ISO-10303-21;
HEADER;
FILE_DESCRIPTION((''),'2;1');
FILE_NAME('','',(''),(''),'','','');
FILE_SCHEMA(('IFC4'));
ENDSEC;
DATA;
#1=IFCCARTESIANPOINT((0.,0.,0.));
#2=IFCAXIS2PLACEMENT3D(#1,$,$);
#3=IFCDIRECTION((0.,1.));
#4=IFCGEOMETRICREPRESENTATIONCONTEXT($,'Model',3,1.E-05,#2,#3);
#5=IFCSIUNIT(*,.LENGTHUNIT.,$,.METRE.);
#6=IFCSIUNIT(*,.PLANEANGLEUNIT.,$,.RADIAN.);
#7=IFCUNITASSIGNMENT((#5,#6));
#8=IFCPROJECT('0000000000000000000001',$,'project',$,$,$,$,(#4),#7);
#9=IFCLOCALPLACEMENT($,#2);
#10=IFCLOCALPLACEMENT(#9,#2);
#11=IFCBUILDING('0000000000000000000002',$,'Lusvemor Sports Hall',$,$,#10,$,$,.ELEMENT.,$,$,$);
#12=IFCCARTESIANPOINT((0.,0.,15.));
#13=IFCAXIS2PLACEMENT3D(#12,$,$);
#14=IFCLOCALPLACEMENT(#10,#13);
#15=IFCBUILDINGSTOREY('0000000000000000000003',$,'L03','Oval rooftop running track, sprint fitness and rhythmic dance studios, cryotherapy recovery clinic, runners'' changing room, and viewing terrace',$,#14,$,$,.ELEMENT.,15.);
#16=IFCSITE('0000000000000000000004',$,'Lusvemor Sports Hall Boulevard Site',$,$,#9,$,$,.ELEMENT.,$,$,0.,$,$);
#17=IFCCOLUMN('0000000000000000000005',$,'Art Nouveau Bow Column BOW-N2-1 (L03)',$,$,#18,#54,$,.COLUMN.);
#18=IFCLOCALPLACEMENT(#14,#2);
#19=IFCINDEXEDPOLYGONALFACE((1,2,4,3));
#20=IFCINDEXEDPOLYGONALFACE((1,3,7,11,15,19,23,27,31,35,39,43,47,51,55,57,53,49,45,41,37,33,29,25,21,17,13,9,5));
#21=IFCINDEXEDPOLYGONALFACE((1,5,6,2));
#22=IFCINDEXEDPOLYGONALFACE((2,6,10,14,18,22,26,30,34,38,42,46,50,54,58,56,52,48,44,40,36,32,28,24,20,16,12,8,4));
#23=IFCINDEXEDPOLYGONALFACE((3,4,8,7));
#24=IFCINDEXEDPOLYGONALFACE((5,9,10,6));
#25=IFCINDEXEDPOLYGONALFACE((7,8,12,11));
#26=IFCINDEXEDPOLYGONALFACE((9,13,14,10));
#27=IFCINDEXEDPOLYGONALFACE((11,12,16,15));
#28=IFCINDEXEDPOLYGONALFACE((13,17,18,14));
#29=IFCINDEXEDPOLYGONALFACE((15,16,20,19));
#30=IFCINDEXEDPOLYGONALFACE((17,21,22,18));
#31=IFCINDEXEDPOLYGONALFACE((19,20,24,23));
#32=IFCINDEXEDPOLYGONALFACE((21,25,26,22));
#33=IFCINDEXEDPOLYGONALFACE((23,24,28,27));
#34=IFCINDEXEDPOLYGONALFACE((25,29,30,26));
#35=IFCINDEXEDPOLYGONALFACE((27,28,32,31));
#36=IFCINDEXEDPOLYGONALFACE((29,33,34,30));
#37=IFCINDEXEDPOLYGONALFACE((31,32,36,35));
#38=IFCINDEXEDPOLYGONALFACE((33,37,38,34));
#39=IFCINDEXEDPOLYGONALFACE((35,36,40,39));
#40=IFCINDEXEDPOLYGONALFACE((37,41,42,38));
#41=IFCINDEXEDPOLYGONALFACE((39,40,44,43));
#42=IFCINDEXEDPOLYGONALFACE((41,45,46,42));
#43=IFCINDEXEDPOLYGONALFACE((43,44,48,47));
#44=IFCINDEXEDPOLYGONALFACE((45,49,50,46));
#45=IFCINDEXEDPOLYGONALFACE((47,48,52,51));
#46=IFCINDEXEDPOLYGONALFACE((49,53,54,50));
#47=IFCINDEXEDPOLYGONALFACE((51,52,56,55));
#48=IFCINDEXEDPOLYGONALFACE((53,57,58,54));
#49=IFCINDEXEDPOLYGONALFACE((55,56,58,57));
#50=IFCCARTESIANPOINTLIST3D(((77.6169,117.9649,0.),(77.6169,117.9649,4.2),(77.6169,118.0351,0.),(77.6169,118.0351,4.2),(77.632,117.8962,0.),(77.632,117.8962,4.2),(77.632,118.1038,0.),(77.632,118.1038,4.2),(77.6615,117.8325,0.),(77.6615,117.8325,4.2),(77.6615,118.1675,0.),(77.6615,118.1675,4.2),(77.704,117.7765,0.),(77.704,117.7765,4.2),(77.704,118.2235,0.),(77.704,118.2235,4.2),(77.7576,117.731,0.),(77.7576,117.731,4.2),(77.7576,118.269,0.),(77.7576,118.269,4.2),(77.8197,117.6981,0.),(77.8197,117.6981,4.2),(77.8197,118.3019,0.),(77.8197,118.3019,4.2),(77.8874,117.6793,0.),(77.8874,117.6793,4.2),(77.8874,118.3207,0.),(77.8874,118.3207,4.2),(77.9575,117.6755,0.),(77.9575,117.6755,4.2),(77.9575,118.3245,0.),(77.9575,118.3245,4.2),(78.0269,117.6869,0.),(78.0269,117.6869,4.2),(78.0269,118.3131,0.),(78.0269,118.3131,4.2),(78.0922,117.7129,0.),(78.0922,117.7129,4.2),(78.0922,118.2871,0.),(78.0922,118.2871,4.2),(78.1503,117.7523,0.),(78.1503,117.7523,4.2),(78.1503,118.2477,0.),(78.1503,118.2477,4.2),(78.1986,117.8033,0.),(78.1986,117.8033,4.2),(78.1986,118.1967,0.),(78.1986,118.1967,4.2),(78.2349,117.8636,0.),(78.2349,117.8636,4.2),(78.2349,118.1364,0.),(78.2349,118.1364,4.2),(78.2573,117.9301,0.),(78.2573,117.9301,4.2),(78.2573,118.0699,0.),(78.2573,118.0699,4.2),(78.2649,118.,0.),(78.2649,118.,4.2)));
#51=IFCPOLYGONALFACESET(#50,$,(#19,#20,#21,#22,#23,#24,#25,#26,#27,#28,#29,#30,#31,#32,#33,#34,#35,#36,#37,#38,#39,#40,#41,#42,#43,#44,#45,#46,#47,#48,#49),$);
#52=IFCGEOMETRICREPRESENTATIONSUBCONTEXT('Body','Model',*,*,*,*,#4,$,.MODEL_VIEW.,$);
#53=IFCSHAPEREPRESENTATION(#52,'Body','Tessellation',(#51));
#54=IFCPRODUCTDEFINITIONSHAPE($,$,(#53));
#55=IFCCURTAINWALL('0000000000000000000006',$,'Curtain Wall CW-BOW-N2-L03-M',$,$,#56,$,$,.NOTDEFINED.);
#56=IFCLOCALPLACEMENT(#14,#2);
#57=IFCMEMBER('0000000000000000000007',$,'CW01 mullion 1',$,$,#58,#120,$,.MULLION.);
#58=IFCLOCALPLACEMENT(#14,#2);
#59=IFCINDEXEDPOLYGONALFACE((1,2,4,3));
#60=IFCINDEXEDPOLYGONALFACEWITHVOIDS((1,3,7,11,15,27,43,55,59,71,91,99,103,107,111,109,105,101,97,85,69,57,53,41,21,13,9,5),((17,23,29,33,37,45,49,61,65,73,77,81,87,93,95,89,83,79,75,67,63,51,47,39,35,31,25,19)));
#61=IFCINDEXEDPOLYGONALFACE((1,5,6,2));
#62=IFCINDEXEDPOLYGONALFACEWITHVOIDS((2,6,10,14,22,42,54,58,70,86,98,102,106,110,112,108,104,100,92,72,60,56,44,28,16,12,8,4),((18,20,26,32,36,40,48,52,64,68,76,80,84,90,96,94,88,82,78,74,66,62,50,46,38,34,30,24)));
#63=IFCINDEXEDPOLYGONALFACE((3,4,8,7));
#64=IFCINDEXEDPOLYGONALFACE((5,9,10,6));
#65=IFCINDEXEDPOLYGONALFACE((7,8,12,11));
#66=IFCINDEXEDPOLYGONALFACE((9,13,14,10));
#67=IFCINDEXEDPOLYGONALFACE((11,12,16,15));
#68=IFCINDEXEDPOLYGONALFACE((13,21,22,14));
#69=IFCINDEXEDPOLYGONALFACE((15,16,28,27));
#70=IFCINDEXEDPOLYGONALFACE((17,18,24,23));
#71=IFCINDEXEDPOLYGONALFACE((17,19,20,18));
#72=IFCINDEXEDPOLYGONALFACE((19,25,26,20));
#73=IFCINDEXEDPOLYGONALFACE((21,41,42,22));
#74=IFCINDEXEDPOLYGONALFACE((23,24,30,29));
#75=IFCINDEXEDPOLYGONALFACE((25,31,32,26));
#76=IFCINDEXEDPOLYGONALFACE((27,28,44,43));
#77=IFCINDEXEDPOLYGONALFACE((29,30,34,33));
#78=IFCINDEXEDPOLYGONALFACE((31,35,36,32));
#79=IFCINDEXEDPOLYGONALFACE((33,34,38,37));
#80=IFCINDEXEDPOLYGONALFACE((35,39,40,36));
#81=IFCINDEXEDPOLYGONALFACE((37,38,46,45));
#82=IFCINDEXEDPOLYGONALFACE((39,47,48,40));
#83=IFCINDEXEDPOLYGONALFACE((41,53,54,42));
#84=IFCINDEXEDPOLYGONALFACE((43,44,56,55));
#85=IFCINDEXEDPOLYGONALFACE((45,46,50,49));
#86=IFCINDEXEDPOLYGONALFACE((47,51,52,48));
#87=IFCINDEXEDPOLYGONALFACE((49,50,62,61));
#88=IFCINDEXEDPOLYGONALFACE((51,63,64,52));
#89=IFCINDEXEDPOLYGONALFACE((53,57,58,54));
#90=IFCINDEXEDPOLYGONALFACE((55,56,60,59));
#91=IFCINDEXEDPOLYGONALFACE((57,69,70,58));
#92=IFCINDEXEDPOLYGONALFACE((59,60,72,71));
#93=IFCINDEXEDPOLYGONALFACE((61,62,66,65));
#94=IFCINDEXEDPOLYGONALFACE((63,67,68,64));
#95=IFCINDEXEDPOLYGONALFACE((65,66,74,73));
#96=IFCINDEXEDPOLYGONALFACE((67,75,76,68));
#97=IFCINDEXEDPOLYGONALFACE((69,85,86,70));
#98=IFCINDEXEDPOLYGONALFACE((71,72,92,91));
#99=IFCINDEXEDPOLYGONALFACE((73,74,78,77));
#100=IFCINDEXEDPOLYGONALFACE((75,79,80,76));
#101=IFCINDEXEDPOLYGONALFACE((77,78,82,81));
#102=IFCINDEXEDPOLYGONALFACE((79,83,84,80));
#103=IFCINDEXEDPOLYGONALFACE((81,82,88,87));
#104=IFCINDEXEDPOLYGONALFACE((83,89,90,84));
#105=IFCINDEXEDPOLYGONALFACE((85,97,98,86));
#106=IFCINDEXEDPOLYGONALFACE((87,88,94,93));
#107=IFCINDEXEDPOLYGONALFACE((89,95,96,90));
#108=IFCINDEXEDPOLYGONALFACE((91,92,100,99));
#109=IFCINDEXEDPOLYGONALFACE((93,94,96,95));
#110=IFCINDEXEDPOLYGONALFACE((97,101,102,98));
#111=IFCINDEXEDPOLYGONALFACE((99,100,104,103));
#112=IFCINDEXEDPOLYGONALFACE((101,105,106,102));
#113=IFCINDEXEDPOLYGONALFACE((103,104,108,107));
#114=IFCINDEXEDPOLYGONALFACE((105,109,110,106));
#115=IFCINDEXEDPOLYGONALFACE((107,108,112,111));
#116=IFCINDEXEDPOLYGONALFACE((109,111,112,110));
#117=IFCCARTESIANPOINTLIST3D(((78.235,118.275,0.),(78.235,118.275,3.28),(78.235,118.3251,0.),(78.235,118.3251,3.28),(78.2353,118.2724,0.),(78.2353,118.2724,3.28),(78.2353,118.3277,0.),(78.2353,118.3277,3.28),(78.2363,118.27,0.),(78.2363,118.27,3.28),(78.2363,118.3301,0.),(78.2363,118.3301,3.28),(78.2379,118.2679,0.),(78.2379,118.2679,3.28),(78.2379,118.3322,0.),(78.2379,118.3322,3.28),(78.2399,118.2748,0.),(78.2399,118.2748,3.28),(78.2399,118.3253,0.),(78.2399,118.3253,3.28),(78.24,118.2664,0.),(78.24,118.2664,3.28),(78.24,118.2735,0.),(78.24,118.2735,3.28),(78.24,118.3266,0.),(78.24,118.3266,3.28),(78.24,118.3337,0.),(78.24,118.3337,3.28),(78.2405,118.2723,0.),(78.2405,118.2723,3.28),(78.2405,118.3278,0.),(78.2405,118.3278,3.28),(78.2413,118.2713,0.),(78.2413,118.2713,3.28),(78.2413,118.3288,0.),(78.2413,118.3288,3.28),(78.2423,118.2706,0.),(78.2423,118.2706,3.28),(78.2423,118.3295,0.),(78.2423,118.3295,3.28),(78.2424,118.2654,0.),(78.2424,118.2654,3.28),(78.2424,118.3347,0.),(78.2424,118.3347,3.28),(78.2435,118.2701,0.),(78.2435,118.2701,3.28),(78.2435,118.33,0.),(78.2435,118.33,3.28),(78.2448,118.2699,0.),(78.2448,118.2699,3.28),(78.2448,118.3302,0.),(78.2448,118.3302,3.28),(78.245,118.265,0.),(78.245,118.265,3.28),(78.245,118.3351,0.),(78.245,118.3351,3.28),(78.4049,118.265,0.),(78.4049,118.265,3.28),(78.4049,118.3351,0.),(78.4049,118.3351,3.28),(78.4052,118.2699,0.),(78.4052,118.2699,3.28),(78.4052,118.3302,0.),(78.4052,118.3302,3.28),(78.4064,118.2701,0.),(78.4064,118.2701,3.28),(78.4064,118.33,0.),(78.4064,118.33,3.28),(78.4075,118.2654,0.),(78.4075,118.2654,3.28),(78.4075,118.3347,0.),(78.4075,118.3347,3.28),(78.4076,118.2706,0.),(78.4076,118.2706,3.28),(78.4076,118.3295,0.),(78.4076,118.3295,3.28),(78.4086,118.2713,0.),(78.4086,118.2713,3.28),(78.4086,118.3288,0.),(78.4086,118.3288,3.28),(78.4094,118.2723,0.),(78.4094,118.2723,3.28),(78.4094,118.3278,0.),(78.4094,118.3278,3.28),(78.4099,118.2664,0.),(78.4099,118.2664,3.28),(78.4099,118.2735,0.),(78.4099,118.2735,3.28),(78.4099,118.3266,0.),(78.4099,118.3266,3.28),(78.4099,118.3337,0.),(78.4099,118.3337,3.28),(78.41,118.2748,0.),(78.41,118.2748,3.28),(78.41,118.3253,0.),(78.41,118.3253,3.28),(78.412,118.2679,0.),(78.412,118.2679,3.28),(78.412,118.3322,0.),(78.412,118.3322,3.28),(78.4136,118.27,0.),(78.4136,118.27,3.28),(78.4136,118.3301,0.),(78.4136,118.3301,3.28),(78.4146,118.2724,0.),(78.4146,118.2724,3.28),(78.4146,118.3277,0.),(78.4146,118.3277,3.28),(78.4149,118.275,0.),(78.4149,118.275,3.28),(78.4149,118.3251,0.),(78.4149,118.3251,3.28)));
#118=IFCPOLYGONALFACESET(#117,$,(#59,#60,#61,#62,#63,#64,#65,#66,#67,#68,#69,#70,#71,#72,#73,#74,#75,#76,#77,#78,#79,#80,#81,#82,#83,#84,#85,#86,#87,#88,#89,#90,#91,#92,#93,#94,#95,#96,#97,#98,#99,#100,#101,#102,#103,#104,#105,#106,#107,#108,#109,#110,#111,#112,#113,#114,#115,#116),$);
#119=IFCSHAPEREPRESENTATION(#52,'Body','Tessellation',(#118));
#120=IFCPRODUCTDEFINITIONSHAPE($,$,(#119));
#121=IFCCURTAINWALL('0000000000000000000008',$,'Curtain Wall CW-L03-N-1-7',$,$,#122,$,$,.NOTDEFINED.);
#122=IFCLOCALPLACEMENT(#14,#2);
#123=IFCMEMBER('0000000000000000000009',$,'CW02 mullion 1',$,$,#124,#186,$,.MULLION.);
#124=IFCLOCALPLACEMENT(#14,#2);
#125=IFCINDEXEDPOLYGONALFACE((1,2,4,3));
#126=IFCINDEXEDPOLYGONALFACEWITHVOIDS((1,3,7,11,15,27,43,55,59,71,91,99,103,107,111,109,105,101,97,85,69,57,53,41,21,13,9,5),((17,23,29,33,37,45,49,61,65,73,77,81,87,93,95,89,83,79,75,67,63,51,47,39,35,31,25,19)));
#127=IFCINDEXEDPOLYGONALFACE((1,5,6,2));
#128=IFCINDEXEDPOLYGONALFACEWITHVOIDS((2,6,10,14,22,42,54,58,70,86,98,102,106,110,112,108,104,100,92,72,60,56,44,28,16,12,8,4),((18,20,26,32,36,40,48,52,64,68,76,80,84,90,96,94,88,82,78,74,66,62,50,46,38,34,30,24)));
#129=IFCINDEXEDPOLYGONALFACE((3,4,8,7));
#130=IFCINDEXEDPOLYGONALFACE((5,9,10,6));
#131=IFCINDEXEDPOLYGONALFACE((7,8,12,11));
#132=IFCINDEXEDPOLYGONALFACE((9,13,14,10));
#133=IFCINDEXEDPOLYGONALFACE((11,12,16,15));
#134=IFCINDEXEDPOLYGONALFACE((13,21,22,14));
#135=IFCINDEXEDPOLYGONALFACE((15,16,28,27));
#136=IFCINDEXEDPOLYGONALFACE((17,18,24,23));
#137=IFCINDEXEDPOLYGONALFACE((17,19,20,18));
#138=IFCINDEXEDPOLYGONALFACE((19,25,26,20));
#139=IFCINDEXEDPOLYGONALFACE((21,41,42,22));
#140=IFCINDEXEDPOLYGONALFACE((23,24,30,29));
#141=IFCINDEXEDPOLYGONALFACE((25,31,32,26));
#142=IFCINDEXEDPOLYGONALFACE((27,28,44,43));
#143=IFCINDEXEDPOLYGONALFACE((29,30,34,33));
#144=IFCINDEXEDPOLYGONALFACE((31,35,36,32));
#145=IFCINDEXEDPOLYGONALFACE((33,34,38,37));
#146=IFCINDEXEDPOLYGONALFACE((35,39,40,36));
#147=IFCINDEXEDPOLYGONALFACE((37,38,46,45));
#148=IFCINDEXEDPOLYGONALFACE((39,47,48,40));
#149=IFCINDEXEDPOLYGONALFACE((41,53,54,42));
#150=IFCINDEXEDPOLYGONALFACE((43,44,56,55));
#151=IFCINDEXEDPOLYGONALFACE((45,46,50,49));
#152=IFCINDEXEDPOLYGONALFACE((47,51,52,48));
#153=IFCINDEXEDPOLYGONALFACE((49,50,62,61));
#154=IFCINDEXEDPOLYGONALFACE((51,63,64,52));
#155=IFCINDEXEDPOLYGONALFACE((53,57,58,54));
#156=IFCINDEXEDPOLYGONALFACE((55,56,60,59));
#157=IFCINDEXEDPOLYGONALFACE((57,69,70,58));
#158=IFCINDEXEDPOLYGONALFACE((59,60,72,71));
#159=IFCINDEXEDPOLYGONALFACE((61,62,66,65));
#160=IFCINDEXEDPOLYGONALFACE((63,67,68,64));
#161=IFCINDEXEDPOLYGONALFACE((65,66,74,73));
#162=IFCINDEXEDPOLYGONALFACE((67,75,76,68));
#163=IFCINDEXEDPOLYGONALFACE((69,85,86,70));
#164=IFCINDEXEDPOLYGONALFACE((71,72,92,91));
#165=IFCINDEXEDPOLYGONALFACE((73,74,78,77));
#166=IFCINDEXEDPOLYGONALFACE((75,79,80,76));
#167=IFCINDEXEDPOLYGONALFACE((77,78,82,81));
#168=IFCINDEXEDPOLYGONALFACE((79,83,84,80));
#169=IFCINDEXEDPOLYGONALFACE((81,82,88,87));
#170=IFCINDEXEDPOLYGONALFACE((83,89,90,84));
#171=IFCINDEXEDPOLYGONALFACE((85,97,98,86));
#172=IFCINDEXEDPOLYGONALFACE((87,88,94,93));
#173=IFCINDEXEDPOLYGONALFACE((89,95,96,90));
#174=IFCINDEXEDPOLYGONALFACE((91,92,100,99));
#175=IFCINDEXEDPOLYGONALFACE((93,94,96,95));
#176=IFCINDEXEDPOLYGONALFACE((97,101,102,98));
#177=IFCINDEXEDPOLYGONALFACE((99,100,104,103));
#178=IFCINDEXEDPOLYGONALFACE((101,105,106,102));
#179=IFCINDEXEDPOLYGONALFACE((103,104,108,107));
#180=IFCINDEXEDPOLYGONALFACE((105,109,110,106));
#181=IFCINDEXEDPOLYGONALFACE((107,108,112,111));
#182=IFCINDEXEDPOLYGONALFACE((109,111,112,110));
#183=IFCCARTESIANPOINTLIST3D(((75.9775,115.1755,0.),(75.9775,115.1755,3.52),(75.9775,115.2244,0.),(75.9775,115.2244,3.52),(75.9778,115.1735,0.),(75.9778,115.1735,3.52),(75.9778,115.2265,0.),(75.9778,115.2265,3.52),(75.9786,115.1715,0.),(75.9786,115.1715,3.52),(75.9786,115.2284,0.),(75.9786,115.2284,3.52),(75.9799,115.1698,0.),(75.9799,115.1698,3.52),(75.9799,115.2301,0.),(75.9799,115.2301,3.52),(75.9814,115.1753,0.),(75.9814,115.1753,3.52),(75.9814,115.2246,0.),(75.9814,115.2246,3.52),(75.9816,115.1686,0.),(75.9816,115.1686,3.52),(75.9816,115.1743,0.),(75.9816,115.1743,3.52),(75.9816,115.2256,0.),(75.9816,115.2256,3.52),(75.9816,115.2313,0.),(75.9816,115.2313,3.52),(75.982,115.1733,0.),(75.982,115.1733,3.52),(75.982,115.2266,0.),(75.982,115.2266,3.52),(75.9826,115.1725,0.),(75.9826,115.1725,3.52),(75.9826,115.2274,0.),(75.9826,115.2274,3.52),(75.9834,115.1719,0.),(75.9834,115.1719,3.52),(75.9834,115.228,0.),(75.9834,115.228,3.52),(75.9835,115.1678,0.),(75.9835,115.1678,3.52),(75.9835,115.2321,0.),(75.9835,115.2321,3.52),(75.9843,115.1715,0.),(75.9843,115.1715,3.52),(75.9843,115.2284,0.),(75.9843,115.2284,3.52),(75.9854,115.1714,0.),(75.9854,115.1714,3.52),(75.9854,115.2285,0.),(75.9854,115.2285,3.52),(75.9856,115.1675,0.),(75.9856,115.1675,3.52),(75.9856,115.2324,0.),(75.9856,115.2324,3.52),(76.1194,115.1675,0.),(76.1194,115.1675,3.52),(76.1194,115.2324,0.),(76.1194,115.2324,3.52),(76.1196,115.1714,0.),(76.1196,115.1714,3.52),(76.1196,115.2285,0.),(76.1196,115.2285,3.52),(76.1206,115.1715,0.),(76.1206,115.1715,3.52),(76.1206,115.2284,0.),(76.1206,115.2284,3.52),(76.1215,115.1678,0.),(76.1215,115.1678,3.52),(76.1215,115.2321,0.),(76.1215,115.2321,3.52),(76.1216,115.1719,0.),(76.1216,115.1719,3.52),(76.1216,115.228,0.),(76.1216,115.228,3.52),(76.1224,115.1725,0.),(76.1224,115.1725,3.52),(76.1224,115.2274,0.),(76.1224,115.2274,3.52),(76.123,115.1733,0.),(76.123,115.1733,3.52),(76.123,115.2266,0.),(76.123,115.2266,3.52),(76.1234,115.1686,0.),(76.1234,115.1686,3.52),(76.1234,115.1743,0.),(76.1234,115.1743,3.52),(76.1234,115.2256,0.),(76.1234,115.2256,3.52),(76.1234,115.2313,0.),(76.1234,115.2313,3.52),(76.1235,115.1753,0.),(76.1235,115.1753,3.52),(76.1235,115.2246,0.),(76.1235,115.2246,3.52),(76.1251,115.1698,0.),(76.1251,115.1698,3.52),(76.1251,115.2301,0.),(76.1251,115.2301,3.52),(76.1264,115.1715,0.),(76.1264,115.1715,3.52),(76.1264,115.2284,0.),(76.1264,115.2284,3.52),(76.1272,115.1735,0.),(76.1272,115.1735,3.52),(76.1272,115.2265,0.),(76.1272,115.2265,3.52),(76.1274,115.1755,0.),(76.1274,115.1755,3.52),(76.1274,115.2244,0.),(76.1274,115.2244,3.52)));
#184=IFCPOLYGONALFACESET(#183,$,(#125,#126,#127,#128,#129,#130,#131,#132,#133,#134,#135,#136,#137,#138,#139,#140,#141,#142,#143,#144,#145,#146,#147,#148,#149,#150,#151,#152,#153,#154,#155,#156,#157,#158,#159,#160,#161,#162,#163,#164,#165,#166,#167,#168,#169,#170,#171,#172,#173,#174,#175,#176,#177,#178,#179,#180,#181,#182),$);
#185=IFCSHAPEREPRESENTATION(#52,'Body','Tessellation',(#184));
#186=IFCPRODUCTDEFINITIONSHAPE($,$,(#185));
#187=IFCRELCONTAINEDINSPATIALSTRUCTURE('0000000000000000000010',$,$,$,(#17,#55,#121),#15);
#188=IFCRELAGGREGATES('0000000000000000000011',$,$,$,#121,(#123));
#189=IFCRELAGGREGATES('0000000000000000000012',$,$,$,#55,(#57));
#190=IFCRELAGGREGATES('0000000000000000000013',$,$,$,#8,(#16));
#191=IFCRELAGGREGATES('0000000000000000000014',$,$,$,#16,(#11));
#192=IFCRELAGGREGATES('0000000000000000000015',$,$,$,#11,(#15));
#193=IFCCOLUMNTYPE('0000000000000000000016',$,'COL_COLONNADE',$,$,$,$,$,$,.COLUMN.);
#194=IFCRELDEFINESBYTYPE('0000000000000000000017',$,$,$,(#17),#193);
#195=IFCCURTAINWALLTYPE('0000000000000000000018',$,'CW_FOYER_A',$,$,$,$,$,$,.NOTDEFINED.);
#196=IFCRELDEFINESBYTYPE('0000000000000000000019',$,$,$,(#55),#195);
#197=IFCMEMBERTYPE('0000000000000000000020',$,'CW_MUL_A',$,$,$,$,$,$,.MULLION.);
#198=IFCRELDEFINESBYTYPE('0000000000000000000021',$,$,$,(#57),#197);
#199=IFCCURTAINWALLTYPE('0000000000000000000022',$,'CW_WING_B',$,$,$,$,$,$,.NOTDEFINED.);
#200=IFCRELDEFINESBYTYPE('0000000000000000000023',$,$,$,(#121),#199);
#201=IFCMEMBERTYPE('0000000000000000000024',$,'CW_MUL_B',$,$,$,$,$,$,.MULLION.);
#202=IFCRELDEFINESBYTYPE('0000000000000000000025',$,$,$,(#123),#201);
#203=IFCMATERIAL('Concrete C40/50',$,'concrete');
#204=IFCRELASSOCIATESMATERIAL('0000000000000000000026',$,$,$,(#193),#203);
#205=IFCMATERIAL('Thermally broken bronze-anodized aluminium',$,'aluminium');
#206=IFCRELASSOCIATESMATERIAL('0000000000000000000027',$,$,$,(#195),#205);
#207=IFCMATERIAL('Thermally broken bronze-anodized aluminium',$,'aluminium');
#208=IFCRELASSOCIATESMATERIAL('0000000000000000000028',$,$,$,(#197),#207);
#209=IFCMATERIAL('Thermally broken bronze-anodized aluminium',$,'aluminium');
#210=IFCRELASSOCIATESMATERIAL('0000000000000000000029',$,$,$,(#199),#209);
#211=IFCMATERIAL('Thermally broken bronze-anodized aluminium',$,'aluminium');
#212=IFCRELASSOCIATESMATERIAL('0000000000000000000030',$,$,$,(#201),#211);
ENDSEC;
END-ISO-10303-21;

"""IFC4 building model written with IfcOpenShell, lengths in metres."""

from ifc_helpers import new_model, si_unit, direction, frame, origin, origin_2d, place, context, subcontext, project, spatial, hollow_rectangle, circle, extrude, material, material_profile, profile_set, type_object, element, aggregate, save


model = new_model("IFC4")

# Units and contexts
model_context = context("Model", 3, precision=1e-05, world=origin(), true_north=direction((0.0, 1.0)))
body_context = subcontext(model_context, "Body", "Model", "MODEL_VIEW")
ifc_project = project(units=[si_unit("LENGTHUNIT", "METRE"), si_unit("PLANEANGLEUNIT", "RADIAN")], contexts=[model_context])

# Site, building, storey
site_placement = place(None, origin())
site = spatial("IfcSite", under=ifc_project, at=site_placement, Name="Lusvemor Sports Hall Boulevard Site", CompositionType="ELEMENT", RefElevation=0.0)
building_placement = place(site_placement, origin())
building = spatial("IfcBuilding", under=site, at=building_placement, Name="Lusvemor Sports Hall", CompositionType="ELEMENT")
storey_placement = place(building_placement, frame((0.0, 0.0, 15.0)))
storey = spatial("IfcBuildingStorey", under=building, at=storey_placement, Name="L03", Description="Oval rooftop running track, sprint fitness and rhythmic dance studios, cryotherapy recovery clinic, runners' changing room, and viewing terrace", CompositionType="ELEMENT", Elevation=15.0)

# Column
ifc_material_1 = material(Name="Concrete C40/50", Category="concrete")
ifc_material_profile_1 = material_profile(ifc_material_1, circle(Radius=0.325, at=origin_2d()), Name="RCCIRC650")
ifc_profile_set_1 = profile_set([ifc_material_profile_1], Name="Concrete C40/50")
column_type = type_object("IfcColumnType", Name="COL_COLONNADE", PredefinedType="COLUMN", material=ifc_profile_set_1)
column_placement = place(storey_placement, frame((77.9399, 118.0, 0.0), z_axis=(0.0, 0.0, 1.0), x_axis=(1.0, 0.0, 0.0)))
element("IfcColumn", 1, at=column_placement, inside=storey, type_object=column_type, Name="Art Nouveau Bow Column BOW-N2-1 (L03)", PredefinedType="COLUMN", context=body_context, shape_type="SweptSolid", body=[
    extrude(circle(Radius=0.325, at=origin_2d()), origin(), (0.0, 0.0, 1.0), 4.2),
])

# Curtain wall, member
ifc_material_2 = material(Name="Thermally broken bronze-anodized aluminium", Category="aluminium")
curtain_wall_type_1 = type_object("IfcCurtainWallType", Name="CW_FOYER_A", PredefinedType="NOTDEFINED", material=ifc_material_2)
curtain_wall_1_placement = place(storey_placement, origin())
curtain_wall_1 = element("IfcCurtainWall", 2, at=curtain_wall_1_placement, inside=storey, type_object=curtain_wall_type_1, Name="Curtain Wall CW-BOW-N2-L03-M", PredefinedType="NOTDEFINED")
ifc_material_3 = material(Name="Thermally broken bronze-anodized aluminium", Category="aluminium")
ifc_material_profile_2 = material_profile(ifc_material_3, hollow_rectangle(XDim=0.0701, YDim=0.1799, WallThickness=0.0049, InnerFilletRadius=0.0049, OuterFilletRadius=0.01, at=origin_2d()), Name="CWMUL180x70x5")
ifc_profile_set_2 = profile_set([ifc_material_profile_2], Name="Thermally broken bronze-anodized aluminium")
member_type_1 = type_object("IfcMemberType", Name="CW_MUL_A", PredefinedType="MULLION", material=ifc_profile_set_2)
member_1_placement = place(storey_placement, frame((78.325, 118.3, 0.0), z_axis=(0.0, 0.0, 1.0), x_axis=(0.0, 1.0, 0.0)))
member_1 = element("IfcMember", 3, at=member_1_placement, type_object=member_type_1, Name="CW01 mullion 1", PredefinedType="MULLION", context=body_context, shape_type="SweptSolid", body=[
    extrude(hollow_rectangle(XDim=0.0701, YDim=0.1799, WallThickness=0.0049, InnerFilletRadius=0.0049, OuterFilletRadius=0.01, at=origin_2d()), origin(), (0.0, 0.0, 1.0), 3.28),
])

# Curtain wall, member
ifc_material_4 = material(Name="Thermally broken bronze-anodized aluminium", Category="aluminium")
curtain_wall_type_2 = type_object("IfcCurtainWallType", Name="CW_WING_B", PredefinedType="NOTDEFINED", material=ifc_material_4)
curtain_wall_2_placement = place(storey_placement, origin())
curtain_wall_2 = element("IfcCurtainWall", 4, at=curtain_wall_2_placement, inside=storey, type_object=curtain_wall_type_2, Name="Curtain Wall CW-L03-N-1-7", PredefinedType="NOTDEFINED")
ifc_material_5 = material(Name="Thermally broken bronze-anodized aluminium", Category="aluminium")
ifc_material_profile_3 = material_profile(ifc_material_5, hollow_rectangle(XDim=0.0649, YDim=0.1499, WallThickness=0.0039, InnerFilletRadius=0.0039, OuterFilletRadius=0.0081, at=origin_2d()), Name="CWMUL150x65x4")
ifc_profile_set_3 = profile_set([ifc_material_profile_3], Name="Thermally broken bronze-anodized aluminium")
member_type_2 = type_object("IfcMemberType", Name="CW_MUL_B", PredefinedType="MULLION", material=ifc_profile_set_3)
member_2_placement = place(storey_placement, frame((76.0525, 115.2, 0.0), z_axis=(0.0, 0.0, 1.0), x_axis=(0.0, 1.0, 0.0)))
member_2 = element("IfcMember", 5, at=member_2_placement, type_object=member_type_2, Name="CW02 mullion 1", PredefinedType="MULLION", context=body_context, shape_type="SweptSolid", body=[
    extrude(hollow_rectangle(XDim=0.0649, YDim=0.1499, WallThickness=0.0039, InnerFilletRadius=0.0039, OuterFilletRadius=0.0081, at=origin_2d()), origin(), (0.0, 0.0, 1.0), 3.52),
])

aggregate(curtain_wall_2, [member_2])
aggregate(curtain_wall_1, [member_1])

save(model, "model.ifc")
